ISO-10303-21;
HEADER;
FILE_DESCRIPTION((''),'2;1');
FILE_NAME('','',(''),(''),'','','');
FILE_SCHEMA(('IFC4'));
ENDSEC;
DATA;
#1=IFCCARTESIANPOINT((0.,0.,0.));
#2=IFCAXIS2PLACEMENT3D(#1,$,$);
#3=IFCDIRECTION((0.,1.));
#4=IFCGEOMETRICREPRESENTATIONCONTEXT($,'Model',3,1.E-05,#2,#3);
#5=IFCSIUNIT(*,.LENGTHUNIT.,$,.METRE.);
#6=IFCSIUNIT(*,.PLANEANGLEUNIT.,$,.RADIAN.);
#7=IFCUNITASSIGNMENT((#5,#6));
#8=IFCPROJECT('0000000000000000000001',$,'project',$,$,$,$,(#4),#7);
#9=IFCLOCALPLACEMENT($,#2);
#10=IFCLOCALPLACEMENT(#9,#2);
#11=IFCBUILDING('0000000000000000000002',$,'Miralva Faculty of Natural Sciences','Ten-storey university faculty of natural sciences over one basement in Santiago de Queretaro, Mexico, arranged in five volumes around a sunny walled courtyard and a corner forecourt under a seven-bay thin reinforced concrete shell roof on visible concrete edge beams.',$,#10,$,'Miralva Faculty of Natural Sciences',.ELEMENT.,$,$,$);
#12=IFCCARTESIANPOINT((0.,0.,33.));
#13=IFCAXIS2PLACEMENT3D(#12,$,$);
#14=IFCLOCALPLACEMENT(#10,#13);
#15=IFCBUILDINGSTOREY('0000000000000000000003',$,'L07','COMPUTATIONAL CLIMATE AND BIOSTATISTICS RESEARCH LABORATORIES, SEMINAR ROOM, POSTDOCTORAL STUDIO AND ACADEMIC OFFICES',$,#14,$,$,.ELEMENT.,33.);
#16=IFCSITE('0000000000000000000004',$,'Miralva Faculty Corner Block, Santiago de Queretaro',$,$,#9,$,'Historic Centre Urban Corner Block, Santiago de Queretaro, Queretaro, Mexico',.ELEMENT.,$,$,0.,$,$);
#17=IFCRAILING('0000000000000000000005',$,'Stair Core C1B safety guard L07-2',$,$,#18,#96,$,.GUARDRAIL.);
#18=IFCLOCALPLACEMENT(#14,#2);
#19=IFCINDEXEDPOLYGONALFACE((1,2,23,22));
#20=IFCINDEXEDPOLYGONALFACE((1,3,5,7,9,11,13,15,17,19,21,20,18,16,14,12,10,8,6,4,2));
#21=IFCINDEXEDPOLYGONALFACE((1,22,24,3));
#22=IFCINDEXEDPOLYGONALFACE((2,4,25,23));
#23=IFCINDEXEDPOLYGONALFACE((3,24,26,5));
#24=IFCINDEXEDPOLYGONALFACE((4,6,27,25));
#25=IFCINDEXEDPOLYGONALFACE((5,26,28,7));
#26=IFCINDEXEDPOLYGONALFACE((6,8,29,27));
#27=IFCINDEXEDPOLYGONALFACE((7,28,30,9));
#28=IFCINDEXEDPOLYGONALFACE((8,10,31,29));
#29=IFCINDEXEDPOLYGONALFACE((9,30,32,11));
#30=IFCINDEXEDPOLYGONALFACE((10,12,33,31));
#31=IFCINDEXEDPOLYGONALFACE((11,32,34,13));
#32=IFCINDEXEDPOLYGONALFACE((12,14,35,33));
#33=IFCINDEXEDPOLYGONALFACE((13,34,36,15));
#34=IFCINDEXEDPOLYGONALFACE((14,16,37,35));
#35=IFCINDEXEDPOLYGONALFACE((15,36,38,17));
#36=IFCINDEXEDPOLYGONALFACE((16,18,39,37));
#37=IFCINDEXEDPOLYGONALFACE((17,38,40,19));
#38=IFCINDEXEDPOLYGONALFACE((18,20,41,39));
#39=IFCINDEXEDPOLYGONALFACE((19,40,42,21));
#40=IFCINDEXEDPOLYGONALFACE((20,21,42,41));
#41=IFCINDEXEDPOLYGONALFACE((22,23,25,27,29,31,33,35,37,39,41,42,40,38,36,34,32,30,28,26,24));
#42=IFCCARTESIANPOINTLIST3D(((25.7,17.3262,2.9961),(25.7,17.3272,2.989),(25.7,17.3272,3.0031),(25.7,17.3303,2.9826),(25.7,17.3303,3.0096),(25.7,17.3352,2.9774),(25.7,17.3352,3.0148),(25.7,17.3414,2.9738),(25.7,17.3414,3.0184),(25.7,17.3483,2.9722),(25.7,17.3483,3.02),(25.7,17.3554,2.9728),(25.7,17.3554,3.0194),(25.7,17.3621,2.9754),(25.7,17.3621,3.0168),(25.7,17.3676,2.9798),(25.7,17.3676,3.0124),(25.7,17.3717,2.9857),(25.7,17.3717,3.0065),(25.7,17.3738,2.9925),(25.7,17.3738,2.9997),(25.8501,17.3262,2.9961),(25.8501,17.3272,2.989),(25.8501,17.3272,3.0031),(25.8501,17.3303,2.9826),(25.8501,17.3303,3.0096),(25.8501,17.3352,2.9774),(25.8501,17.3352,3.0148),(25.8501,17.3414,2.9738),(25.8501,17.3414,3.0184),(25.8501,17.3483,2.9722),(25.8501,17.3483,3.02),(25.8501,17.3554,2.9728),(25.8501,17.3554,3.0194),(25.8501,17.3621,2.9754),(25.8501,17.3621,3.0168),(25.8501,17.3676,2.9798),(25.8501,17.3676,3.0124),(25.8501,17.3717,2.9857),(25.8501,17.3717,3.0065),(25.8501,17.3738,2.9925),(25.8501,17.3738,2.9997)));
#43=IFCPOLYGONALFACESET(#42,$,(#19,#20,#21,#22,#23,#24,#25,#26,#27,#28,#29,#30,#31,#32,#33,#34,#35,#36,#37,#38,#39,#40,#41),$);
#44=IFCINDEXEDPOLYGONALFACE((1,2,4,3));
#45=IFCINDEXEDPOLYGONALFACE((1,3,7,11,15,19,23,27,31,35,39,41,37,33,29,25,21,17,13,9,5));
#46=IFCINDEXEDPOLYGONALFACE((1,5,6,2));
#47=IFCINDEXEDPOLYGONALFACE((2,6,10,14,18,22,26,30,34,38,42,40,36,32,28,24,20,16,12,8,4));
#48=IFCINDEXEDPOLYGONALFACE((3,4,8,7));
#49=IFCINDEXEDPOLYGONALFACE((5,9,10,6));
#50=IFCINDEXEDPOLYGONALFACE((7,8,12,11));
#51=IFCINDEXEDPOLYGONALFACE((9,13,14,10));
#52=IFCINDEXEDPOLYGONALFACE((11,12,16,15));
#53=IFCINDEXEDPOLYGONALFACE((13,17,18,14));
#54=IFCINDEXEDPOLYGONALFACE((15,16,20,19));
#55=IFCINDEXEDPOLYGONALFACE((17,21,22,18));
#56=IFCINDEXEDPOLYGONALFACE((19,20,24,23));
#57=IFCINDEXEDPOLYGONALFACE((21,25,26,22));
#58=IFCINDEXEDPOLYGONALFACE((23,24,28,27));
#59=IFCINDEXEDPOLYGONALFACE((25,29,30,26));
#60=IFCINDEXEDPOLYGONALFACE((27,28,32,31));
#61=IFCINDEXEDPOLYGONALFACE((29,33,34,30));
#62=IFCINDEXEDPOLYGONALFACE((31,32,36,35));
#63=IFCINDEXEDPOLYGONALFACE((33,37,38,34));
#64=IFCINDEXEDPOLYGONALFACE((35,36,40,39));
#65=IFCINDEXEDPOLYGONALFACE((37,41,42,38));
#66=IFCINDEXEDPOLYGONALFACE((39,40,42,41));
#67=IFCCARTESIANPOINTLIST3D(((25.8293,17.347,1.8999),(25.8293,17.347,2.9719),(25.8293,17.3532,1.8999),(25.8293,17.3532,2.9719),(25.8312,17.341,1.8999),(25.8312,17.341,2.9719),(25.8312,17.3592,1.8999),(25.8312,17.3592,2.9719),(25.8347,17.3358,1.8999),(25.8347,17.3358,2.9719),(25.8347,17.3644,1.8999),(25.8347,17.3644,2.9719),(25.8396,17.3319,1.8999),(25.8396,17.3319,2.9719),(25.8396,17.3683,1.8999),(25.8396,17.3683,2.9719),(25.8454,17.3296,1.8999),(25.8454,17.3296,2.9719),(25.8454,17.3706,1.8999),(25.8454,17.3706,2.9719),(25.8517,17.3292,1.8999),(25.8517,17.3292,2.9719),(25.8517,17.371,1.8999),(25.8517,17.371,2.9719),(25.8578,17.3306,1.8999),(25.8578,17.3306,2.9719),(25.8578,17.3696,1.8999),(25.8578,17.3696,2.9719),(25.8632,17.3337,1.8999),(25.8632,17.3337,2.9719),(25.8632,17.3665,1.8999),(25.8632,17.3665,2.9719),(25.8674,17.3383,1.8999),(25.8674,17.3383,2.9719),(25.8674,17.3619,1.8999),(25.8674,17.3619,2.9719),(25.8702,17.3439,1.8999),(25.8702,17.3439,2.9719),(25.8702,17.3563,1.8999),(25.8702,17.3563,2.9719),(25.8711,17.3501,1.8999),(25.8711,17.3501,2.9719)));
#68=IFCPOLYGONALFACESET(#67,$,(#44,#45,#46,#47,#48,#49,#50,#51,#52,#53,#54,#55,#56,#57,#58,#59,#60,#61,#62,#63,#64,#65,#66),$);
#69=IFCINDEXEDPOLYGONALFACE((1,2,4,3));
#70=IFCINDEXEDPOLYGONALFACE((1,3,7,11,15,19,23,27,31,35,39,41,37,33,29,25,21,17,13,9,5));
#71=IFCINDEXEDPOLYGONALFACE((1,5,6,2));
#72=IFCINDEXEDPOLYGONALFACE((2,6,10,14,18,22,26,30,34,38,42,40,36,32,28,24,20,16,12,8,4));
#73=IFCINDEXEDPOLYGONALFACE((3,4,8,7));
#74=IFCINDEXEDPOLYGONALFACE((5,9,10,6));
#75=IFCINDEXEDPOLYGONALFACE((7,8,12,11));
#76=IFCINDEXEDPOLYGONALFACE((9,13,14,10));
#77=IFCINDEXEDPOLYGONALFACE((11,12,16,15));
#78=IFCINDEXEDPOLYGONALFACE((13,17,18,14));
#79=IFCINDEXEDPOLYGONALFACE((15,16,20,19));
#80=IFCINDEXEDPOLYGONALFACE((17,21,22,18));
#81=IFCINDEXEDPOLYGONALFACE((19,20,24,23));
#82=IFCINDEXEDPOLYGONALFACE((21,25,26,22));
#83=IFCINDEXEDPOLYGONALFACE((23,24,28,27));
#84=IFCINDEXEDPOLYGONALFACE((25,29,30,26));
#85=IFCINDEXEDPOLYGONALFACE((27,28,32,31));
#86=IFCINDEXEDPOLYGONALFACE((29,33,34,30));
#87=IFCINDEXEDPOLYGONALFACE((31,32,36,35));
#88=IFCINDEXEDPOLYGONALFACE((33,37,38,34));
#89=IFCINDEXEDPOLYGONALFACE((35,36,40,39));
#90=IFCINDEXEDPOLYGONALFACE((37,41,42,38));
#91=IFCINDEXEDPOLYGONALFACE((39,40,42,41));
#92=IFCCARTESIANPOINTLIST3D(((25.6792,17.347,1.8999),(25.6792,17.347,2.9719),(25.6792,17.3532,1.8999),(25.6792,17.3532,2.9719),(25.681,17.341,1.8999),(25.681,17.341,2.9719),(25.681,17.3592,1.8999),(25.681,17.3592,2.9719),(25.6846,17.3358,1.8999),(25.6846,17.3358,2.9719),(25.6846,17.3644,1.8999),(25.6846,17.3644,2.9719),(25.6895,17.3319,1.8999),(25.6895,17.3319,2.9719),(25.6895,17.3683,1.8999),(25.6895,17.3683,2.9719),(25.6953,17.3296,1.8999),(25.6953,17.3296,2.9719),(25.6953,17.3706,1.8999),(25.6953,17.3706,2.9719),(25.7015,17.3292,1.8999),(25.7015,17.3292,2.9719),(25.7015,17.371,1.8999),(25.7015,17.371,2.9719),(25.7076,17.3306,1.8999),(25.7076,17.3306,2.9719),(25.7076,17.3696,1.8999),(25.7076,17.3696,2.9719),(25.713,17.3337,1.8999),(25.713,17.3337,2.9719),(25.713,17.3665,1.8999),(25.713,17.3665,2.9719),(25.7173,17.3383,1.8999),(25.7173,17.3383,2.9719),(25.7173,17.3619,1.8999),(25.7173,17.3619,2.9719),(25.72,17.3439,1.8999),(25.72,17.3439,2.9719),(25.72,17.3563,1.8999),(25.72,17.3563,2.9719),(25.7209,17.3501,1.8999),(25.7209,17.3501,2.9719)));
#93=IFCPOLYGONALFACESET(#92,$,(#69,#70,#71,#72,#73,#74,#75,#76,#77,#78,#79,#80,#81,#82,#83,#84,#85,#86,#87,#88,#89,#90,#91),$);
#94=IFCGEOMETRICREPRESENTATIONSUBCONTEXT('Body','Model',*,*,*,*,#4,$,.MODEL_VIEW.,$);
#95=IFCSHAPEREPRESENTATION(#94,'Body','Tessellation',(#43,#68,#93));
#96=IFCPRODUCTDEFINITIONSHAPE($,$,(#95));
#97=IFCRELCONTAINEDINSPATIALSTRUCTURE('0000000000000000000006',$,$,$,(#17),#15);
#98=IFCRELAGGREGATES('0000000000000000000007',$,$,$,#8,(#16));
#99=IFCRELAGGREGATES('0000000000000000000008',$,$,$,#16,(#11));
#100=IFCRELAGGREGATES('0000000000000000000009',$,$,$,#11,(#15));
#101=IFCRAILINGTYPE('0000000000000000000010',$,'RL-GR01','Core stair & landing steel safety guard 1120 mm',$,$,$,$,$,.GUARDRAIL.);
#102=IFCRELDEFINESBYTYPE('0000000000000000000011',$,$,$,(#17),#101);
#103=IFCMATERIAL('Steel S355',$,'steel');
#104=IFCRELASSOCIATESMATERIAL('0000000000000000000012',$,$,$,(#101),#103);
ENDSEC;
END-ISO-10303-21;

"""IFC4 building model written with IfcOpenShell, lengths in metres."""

from ifc_helpers import new_model, si_unit, direction, frame, origin, origin_2d, place, context, subcontext, project, spatial, circle, extrude, material, type_object, element, save


model = new_model("IFC4")

# Units and contexts
model_context = context("Model", 3, precision=1e-05, world=origin(), true_north=direction((0.0, 1.0)))
body_context = subcontext(model_context, "Body", "Model", "MODEL_VIEW")
ifc_project = project(units=[si_unit("LENGTHUNIT", "METRE"), si_unit("PLANEANGLEUNIT", "RADIAN")], contexts=[model_context])

# Site, building, storey
site_placement = place(None, origin())
site = spatial("IfcSite", under=ifc_project, at=site_placement, Name="Miralva Faculty Corner Block, Santiago de Queretaro", LongName="Historic Centre Urban Corner Block, Santiago de Queretaro, Queretaro, Mexico", CompositionType="ELEMENT", RefElevation=0.0)
building_placement = place(site_placement, origin())
building = spatial("IfcBuilding", under=site, at=building_placement, Name="Miralva Faculty of Natural Sciences", Description="Ten-storey university faculty of natural sciences over one basement in Santiago de Queretaro, Mexico, arranged in five volumes around a sunny walled courtyard and a corner forecourt under a seven-bay thin reinforced concrete shell roof on visible concrete edge beams.", LongName="Miralva Faculty of Natural Sciences", CompositionType="ELEMENT")
storey_placement = place(building_placement, frame((0.0, 0.0, 33.0)))
storey = spatial("IfcBuildingStorey", under=building, at=storey_placement, Name="L07", Description="COMPUTATIONAL CLIMATE AND BIOSTATISTICS RESEARCH LABORATORIES, SEMINAR ROOM, POSTDOCTORAL STUDIO AND ACADEMIC OFFICES", CompositionType="ELEMENT", Elevation=33.0)

# Railing
ifc_material_1 = material(Name="Steel S355", Category="steel")
railing_type = type_object("IfcRailingType", Name="RL-GR01", Description="Core stair & landing steel safety guard 1120 mm", PredefinedType="GUARDRAIL", material=ifc_material_1)
railing_1_placement = place(storey_placement, frame((25.8501, 17.3501, 1.8999)))
element("IfcRailing", 1, at=railing_1_placement, inside=storey, type_object=railing_type, Name="Stair Core C1B safety guard L07-2", PredefinedType="GUARDRAIL", context=body_context, shape_type="SweptSolid", body=[
    extrude(circle(Radius=0.0239, at=origin_2d()), frame((0.0, 0.0, 1.0962), z_axis=(-1.0, 0.0, 0.0), x_axis=(0.0, -1.0, 0.0)), (0.0, 0.0, 1.0), 0.1501),
    extrude(circle(Radius=0.021, at=origin_2d()), origin(), (0.0, 0.0, 1.0), 1.072),
    extrude(circle(Radius=0.021, at=origin_2d()), frame((-0.1501, 0.0, 0.0)), (0.0, 0.0, 1.0), 1.072),
])

save(model, "model.ifc")
